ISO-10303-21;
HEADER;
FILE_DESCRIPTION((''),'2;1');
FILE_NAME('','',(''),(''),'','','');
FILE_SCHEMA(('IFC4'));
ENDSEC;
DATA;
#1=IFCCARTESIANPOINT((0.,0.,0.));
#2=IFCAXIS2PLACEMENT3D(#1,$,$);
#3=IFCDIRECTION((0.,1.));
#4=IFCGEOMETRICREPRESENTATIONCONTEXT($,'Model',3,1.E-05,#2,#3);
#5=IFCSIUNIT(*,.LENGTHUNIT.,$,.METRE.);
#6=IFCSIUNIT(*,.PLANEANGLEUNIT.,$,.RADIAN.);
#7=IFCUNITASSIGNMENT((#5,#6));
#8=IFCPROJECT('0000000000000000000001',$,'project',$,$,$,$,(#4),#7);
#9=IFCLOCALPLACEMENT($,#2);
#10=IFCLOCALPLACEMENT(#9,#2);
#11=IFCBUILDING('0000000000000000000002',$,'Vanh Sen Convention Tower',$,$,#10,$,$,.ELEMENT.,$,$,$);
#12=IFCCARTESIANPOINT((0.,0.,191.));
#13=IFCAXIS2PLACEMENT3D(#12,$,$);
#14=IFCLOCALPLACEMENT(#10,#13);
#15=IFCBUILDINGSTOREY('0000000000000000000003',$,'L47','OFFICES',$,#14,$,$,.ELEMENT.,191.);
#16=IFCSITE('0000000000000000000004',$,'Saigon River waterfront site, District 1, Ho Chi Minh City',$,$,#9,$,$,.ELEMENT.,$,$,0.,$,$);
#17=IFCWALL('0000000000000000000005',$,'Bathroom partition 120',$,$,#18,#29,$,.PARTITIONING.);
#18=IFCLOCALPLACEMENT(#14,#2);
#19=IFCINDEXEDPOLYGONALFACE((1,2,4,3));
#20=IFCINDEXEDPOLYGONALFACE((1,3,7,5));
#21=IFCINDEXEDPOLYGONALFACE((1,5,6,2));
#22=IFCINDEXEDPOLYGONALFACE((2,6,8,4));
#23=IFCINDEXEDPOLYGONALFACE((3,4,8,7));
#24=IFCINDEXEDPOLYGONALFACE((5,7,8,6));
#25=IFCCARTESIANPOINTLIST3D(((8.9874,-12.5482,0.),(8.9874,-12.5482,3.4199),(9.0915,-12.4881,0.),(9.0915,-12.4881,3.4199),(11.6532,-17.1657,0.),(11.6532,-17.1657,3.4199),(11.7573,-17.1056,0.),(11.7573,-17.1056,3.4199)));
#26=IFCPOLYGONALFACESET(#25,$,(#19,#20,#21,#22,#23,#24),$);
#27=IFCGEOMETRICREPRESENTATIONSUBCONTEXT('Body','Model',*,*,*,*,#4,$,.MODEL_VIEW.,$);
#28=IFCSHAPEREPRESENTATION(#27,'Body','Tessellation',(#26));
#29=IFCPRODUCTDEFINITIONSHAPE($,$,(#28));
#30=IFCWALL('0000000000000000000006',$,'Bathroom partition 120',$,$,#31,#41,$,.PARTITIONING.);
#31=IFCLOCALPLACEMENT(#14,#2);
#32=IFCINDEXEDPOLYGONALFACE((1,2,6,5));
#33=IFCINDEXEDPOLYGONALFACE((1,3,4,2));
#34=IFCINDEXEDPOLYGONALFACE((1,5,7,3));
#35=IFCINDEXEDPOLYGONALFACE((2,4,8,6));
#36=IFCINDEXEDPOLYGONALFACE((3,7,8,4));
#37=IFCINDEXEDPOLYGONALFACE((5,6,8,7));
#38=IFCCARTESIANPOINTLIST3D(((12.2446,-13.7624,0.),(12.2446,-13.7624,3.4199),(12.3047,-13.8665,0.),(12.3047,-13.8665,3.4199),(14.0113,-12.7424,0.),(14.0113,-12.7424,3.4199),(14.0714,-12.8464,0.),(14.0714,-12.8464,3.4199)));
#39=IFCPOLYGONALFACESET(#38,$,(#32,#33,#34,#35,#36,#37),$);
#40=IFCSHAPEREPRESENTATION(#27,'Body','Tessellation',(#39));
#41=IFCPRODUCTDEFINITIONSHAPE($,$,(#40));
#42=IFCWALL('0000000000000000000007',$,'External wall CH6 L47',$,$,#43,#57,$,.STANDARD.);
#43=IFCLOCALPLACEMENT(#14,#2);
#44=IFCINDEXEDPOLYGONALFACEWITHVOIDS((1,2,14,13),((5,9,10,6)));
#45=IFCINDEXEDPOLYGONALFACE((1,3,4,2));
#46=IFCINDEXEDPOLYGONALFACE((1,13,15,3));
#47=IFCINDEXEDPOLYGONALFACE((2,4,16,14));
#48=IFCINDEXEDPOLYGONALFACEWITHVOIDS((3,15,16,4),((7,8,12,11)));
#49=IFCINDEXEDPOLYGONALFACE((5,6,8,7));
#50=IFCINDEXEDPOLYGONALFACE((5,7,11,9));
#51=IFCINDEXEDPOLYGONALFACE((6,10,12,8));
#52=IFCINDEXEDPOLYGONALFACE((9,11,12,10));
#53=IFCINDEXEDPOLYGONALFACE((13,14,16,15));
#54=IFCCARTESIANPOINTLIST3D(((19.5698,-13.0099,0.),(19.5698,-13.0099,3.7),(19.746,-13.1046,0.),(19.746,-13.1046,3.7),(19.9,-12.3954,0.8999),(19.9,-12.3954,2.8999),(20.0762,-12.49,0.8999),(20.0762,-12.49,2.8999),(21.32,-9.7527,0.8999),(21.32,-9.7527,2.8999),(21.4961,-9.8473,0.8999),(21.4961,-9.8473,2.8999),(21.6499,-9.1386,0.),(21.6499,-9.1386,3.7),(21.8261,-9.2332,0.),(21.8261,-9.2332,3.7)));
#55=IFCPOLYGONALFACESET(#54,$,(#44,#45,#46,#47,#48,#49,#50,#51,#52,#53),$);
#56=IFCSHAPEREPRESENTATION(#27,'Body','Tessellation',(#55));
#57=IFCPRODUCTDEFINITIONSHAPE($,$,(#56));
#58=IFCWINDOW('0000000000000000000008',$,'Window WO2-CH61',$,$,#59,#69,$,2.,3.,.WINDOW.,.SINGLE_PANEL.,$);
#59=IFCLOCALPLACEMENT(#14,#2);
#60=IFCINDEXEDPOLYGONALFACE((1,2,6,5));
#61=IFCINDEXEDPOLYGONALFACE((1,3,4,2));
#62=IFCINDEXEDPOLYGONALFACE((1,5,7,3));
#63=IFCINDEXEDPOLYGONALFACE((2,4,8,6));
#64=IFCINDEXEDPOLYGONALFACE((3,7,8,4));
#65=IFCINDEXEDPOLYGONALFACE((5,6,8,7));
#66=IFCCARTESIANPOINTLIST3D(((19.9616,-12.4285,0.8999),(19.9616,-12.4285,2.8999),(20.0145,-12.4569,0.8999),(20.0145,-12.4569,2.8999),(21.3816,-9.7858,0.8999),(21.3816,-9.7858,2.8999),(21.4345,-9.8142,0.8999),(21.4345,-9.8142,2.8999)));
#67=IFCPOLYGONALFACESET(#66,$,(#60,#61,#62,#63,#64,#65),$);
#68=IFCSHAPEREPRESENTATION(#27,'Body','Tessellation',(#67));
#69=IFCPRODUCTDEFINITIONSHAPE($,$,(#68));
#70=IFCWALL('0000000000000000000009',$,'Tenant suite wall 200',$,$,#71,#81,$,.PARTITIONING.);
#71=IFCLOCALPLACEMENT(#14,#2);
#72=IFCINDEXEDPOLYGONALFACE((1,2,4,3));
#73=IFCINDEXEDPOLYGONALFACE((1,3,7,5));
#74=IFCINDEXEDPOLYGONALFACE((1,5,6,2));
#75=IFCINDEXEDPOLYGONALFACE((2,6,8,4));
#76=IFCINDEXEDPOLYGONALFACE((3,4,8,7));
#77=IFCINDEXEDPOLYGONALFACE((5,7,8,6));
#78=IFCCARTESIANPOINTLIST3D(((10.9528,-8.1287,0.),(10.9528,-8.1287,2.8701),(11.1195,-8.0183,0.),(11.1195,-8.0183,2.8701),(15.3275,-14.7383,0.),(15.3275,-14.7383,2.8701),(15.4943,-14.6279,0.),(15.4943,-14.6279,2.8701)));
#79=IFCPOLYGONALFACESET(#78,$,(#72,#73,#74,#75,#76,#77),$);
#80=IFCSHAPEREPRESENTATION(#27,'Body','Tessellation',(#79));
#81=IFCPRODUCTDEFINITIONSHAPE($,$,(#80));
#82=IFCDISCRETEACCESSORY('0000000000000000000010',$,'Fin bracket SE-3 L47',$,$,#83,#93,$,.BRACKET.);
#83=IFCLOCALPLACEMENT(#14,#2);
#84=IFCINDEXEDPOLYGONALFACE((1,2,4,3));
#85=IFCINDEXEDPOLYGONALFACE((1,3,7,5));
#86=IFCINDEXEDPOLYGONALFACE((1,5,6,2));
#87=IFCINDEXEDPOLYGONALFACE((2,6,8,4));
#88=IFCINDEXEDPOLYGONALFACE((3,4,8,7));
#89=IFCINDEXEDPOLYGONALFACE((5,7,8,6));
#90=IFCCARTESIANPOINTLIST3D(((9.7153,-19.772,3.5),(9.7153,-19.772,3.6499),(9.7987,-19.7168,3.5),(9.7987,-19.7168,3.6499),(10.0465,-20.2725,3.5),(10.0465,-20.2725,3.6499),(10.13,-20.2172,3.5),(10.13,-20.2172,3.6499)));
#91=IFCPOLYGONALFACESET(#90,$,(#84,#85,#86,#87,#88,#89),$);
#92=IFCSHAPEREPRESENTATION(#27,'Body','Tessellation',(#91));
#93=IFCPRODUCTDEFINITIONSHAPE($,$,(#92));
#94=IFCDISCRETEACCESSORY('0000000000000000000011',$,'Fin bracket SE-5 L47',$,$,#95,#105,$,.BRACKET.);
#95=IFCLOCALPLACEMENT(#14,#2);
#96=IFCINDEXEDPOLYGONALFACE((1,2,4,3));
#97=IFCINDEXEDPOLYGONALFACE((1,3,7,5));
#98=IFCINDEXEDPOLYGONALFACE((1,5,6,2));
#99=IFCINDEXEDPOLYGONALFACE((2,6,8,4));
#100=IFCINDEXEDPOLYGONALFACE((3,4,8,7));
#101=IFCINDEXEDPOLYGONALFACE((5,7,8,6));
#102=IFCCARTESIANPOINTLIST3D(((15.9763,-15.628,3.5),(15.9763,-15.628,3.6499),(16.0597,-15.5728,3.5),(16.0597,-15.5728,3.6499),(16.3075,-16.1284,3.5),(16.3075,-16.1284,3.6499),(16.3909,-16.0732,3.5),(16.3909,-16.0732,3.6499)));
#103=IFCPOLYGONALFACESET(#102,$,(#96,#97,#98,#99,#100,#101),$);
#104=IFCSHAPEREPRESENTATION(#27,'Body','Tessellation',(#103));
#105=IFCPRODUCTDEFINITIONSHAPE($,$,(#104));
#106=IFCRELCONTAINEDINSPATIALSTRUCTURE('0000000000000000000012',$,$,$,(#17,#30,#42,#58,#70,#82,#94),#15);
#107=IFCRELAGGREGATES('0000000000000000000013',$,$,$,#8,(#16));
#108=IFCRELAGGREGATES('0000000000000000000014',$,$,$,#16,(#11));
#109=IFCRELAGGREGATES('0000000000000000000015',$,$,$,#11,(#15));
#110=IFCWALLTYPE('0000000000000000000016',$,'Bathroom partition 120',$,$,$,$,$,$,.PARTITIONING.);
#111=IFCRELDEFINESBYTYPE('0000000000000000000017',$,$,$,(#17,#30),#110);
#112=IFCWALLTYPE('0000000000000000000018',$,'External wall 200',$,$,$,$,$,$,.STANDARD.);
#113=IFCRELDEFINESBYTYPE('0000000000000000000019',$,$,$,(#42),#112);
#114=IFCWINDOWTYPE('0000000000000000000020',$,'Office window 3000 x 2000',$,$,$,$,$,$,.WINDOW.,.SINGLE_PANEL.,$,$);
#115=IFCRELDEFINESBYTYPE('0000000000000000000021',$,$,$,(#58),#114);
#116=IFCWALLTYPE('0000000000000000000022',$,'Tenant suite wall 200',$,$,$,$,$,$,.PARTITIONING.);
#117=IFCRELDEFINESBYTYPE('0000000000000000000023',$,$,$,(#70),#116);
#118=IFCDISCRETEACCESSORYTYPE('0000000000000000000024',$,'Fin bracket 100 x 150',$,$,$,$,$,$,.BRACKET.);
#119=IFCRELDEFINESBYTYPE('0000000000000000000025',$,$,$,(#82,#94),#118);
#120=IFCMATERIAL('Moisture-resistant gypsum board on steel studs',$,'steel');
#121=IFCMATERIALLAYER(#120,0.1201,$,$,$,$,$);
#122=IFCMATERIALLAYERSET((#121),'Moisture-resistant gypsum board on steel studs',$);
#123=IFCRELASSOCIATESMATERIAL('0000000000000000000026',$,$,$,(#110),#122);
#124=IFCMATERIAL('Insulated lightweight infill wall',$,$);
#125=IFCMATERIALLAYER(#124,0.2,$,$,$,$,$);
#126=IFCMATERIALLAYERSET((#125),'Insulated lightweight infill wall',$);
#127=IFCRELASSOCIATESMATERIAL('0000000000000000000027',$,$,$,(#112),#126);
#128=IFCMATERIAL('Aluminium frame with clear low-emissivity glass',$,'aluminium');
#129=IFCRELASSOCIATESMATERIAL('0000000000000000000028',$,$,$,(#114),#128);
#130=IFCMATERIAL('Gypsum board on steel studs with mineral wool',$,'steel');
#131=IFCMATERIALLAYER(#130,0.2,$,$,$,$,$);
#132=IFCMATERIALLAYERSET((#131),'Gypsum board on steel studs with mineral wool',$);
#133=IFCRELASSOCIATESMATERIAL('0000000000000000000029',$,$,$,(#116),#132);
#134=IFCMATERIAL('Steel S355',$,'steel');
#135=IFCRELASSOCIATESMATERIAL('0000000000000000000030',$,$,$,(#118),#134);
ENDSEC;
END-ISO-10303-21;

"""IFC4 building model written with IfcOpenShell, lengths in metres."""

from ifc_helpers import new_model, si_unit, direction, frame, frame_2d, origin, origin_2d, place, context, subcontext, project, spatial, rectangle, extrude, material, layer, layer_set, type_object, element, fill, save


model = new_model("IFC4")

# Units and contexts
model_context = context("Model", 3, precision=1e-05, world=origin(), true_north=direction((0.0, 1.0)))
body_context = subcontext(model_context, "Body", "Model", "MODEL_VIEW")
ifc_project = project(units=[si_unit("LENGTHUNIT", "METRE"), si_unit("PLANEANGLEUNIT", "RADIAN")], contexts=[model_context])

# Site, building, storey
site_placement = place(None, origin())
site = spatial("IfcSite", under=ifc_project, at=site_placement, Name="Saigon River waterfront site, District 1, Ho Chi Minh City", CompositionType="ELEMENT", RefElevation=0.0)
building_placement = place(site_placement, origin())
building = spatial("IfcBuilding", under=site, at=building_placement, Name="Vanh Sen Convention Tower", CompositionType="ELEMENT")
storey_placement = place(building_placement, frame((0.0, 0.0, 191.0)))
storey = spatial("IfcBuildingStorey", under=building, at=storey_placement, Name="L47", Description="OFFICES", CompositionType="ELEMENT", Elevation=191.0)

# Walls
ifc_material_1 = material(Name="Moisture-resistant gypsum board on steel studs", Category="steel")
ifc_layer_1 = layer(ifc_material_1, 0.1201)
ifc_layer_set_1 = layer_set([ifc_layer_1], Name="Moisture-resistant gypsum board on steel studs")
wall_type_1 = type_object("IfcWallType", Name="Bathroom partition 120", PredefinedType="PARTITIONING", material=ifc_layer_set_1)
wall_1_placement = place(storey_placement, frame((11.7053, -17.1357, 0.0), z_axis=(0.0, 0.0, 1.0), x_axis=(-0.499985, 0.866034, 0.0)))
element("IfcWall", 1, at=wall_1_placement, inside=storey, type_object=wall_type_1, Name="Bathroom partition 120", PredefinedType="PARTITIONING", context=body_context, shape_type="SweptSolid", body=[
    extrude(rectangle(XDim=5.3318, YDim=0.1201, at=frame_2d((2.666, 0.0))), origin(), (0.0, 0.0, 1.0), 3.4199),
])
wall_2_placement = place(storey_placement, frame((12.2747, -13.8145, 0.0), z_axis=(0.0, 0.0, 1.0), x_axis=(0.86601, 0.500026, 0.0)))
element("IfcWall", 2, at=wall_2_placement, inside=storey, type_object=wall_type_1, Name="Bathroom partition 120", PredefinedType="PARTITIONING", context=body_context, shape_type="SweptSolid", body=[
    extrude(rectangle(XDim=2.04, YDim=0.1201, at=frame_2d((1.02, 0.0))), origin(), (0.0, 0.0, 1.0), 3.4199),
])

# Wall, opening, window
ifc_material_2 = material(Name="Insulated lightweight infill wall")
ifc_layer_2 = layer(ifc_material_2, 0.2)
ifc_layer_set_2 = layer_set([ifc_layer_2], Name="Insulated lightweight infill wall")
wall_type_2 = type_object("IfcWallType", Name="External wall 200", PredefinedType="STANDARD", material=ifc_layer_set_2)
wall_3_placement = place(storey_placement, frame((19.658, -13.0571, 0.0), z_axis=(0.0, 0.0, 1.0), x_axis=(0.473308, 0.880897, 0.0)))
wall_3 = element("IfcWall", 3, at=wall_3_placement, inside=storey, type_object=wall_type_2, Name="External wall CH6 L47", PredefinedType="STANDARD", context=body_context, shape_type="SweptSolid", body=[
    extrude(rectangle(XDim=4.3948, YDim=0.2, at=frame_2d((2.1973, 0.0))), origin(), (0.0, 0.0, 1.0), 3.7),
])
opening_placement = place(wall_3_placement, frame((0.6975, 0.0, 0.8999)))
opening = element("IfcOpeningElement", 4, at=opening_placement, cuts=wall_3, PredefinedType="OPENING", context=body_context, shape_type="SweptSolid", body=[
    extrude(rectangle(XDim=3.0, YDim=2.0, at=frame_2d((1.5, 1.0))), frame((0.0, 0.1099, 0.0), z_axis=(0.0, -1.0, 0.0), x_axis=(1.0, 0.0, 0.0)), (0.0, 0.0, 1.0), 0.22),
])
ifc_material_3 = material(Name="Aluminium frame with clear low-emissivity glass", Category="aluminium")
window_type = type_object("IfcWindowType", Name="Office window 3000 x 2000", PartitioningType="SINGLE_PANEL", PredefinedType="WINDOW", material=ifc_material_3)
window_placement = place(opening_placement, origin())
window = element("IfcWindow", 5, at=window_placement, inside=storey, type_object=window_type, Name="Window WO2-CH61", OverallHeight=2.0, OverallWidth=3.0, PartitioningType="SINGLE_PANEL", PredefinedType="WINDOW", context=body_context, shape_type="SweptSolid", body=[
    extrude(rectangle(XDim=3.0, YDim=2.0, at=frame_2d((1.5, 1.0))), frame((0.0, 0.03, 0.0), z_axis=(0.0, -1.0, 0.0), x_axis=(1.0, 0.0, 0.0)), (0.0, 0.0, 1.0), 0.0601),
])
fill(opening, window)

# Wall
ifc_material_4 = material(Name="Gypsum board on steel studs with mineral wool", Category="steel")
ifc_layer_3 = layer(ifc_material_4, 0.2)
ifc_layer_set_3 = layer_set([ifc_layer_3], Name="Gypsum board on steel studs with mineral wool")
wall_type_3 = type_object("IfcWallType", Name="Tenant suite wall 200", PredefinedType="PARTITIONING", material=ifc_layer_set_3)
wall_4_placement = place(storey_placement, frame((15.4109, -14.6831, 0.0), z_axis=(0.0, 0.0, 1.0), x_axis=(-0.551932, 0.833889, 0.0)))
element("IfcWall", 6, at=wall_4_placement, inside=storey, type_object=wall_type_3, Name="Tenant suite wall 200", PredefinedType="PARTITIONING", context=body_context, shape_type="SweptSolid", body=[
    extrude(rectangle(XDim=7.9263, YDim=0.2, at=frame_2d((3.9631, 0.0))), origin(), (0.0, 0.0, 1.0), 2.8701),
])

# Discrete accessories
ifc_material_5 = material(Name="Steel S355", Category="steel")
discrete_accessory_type = type_object("IfcDiscreteAccessoryType", Name="Fin bracket 100 x 150", PredefinedType="BRACKET", material=ifc_material_5)
for number, where, z_axis, x_axis, name in (
    (7, (9.9226, -19.9946, 3.5), (0.0, 0.0, 1.0), (0.551937, -0.833886, 0.0), "Fin bracket SE-3 L47"),
    (8, (16.1836, -15.8506, 3.5), (0.0, 0.0, 1.0), (0.551937, -0.833886, 0.0), "Fin bracket SE-5 L47"),
):
    element("IfcDiscreteAccessory", number, at=place(storey_placement, frame(where, z_axis=z_axis, x_axis=x_axis)), inside=storey, type_object=discrete_accessory_type, Name=name, PredefinedType="BRACKET", context=body_context, shape_type="SweptSolid", body=[
        extrude(rectangle(XDim=0.6001, YDim=0.1001, at=origin_2d()), origin(), (0.0, 0.0, 1.0), 0.1499),
    ])

save(model, "model.ifc")
